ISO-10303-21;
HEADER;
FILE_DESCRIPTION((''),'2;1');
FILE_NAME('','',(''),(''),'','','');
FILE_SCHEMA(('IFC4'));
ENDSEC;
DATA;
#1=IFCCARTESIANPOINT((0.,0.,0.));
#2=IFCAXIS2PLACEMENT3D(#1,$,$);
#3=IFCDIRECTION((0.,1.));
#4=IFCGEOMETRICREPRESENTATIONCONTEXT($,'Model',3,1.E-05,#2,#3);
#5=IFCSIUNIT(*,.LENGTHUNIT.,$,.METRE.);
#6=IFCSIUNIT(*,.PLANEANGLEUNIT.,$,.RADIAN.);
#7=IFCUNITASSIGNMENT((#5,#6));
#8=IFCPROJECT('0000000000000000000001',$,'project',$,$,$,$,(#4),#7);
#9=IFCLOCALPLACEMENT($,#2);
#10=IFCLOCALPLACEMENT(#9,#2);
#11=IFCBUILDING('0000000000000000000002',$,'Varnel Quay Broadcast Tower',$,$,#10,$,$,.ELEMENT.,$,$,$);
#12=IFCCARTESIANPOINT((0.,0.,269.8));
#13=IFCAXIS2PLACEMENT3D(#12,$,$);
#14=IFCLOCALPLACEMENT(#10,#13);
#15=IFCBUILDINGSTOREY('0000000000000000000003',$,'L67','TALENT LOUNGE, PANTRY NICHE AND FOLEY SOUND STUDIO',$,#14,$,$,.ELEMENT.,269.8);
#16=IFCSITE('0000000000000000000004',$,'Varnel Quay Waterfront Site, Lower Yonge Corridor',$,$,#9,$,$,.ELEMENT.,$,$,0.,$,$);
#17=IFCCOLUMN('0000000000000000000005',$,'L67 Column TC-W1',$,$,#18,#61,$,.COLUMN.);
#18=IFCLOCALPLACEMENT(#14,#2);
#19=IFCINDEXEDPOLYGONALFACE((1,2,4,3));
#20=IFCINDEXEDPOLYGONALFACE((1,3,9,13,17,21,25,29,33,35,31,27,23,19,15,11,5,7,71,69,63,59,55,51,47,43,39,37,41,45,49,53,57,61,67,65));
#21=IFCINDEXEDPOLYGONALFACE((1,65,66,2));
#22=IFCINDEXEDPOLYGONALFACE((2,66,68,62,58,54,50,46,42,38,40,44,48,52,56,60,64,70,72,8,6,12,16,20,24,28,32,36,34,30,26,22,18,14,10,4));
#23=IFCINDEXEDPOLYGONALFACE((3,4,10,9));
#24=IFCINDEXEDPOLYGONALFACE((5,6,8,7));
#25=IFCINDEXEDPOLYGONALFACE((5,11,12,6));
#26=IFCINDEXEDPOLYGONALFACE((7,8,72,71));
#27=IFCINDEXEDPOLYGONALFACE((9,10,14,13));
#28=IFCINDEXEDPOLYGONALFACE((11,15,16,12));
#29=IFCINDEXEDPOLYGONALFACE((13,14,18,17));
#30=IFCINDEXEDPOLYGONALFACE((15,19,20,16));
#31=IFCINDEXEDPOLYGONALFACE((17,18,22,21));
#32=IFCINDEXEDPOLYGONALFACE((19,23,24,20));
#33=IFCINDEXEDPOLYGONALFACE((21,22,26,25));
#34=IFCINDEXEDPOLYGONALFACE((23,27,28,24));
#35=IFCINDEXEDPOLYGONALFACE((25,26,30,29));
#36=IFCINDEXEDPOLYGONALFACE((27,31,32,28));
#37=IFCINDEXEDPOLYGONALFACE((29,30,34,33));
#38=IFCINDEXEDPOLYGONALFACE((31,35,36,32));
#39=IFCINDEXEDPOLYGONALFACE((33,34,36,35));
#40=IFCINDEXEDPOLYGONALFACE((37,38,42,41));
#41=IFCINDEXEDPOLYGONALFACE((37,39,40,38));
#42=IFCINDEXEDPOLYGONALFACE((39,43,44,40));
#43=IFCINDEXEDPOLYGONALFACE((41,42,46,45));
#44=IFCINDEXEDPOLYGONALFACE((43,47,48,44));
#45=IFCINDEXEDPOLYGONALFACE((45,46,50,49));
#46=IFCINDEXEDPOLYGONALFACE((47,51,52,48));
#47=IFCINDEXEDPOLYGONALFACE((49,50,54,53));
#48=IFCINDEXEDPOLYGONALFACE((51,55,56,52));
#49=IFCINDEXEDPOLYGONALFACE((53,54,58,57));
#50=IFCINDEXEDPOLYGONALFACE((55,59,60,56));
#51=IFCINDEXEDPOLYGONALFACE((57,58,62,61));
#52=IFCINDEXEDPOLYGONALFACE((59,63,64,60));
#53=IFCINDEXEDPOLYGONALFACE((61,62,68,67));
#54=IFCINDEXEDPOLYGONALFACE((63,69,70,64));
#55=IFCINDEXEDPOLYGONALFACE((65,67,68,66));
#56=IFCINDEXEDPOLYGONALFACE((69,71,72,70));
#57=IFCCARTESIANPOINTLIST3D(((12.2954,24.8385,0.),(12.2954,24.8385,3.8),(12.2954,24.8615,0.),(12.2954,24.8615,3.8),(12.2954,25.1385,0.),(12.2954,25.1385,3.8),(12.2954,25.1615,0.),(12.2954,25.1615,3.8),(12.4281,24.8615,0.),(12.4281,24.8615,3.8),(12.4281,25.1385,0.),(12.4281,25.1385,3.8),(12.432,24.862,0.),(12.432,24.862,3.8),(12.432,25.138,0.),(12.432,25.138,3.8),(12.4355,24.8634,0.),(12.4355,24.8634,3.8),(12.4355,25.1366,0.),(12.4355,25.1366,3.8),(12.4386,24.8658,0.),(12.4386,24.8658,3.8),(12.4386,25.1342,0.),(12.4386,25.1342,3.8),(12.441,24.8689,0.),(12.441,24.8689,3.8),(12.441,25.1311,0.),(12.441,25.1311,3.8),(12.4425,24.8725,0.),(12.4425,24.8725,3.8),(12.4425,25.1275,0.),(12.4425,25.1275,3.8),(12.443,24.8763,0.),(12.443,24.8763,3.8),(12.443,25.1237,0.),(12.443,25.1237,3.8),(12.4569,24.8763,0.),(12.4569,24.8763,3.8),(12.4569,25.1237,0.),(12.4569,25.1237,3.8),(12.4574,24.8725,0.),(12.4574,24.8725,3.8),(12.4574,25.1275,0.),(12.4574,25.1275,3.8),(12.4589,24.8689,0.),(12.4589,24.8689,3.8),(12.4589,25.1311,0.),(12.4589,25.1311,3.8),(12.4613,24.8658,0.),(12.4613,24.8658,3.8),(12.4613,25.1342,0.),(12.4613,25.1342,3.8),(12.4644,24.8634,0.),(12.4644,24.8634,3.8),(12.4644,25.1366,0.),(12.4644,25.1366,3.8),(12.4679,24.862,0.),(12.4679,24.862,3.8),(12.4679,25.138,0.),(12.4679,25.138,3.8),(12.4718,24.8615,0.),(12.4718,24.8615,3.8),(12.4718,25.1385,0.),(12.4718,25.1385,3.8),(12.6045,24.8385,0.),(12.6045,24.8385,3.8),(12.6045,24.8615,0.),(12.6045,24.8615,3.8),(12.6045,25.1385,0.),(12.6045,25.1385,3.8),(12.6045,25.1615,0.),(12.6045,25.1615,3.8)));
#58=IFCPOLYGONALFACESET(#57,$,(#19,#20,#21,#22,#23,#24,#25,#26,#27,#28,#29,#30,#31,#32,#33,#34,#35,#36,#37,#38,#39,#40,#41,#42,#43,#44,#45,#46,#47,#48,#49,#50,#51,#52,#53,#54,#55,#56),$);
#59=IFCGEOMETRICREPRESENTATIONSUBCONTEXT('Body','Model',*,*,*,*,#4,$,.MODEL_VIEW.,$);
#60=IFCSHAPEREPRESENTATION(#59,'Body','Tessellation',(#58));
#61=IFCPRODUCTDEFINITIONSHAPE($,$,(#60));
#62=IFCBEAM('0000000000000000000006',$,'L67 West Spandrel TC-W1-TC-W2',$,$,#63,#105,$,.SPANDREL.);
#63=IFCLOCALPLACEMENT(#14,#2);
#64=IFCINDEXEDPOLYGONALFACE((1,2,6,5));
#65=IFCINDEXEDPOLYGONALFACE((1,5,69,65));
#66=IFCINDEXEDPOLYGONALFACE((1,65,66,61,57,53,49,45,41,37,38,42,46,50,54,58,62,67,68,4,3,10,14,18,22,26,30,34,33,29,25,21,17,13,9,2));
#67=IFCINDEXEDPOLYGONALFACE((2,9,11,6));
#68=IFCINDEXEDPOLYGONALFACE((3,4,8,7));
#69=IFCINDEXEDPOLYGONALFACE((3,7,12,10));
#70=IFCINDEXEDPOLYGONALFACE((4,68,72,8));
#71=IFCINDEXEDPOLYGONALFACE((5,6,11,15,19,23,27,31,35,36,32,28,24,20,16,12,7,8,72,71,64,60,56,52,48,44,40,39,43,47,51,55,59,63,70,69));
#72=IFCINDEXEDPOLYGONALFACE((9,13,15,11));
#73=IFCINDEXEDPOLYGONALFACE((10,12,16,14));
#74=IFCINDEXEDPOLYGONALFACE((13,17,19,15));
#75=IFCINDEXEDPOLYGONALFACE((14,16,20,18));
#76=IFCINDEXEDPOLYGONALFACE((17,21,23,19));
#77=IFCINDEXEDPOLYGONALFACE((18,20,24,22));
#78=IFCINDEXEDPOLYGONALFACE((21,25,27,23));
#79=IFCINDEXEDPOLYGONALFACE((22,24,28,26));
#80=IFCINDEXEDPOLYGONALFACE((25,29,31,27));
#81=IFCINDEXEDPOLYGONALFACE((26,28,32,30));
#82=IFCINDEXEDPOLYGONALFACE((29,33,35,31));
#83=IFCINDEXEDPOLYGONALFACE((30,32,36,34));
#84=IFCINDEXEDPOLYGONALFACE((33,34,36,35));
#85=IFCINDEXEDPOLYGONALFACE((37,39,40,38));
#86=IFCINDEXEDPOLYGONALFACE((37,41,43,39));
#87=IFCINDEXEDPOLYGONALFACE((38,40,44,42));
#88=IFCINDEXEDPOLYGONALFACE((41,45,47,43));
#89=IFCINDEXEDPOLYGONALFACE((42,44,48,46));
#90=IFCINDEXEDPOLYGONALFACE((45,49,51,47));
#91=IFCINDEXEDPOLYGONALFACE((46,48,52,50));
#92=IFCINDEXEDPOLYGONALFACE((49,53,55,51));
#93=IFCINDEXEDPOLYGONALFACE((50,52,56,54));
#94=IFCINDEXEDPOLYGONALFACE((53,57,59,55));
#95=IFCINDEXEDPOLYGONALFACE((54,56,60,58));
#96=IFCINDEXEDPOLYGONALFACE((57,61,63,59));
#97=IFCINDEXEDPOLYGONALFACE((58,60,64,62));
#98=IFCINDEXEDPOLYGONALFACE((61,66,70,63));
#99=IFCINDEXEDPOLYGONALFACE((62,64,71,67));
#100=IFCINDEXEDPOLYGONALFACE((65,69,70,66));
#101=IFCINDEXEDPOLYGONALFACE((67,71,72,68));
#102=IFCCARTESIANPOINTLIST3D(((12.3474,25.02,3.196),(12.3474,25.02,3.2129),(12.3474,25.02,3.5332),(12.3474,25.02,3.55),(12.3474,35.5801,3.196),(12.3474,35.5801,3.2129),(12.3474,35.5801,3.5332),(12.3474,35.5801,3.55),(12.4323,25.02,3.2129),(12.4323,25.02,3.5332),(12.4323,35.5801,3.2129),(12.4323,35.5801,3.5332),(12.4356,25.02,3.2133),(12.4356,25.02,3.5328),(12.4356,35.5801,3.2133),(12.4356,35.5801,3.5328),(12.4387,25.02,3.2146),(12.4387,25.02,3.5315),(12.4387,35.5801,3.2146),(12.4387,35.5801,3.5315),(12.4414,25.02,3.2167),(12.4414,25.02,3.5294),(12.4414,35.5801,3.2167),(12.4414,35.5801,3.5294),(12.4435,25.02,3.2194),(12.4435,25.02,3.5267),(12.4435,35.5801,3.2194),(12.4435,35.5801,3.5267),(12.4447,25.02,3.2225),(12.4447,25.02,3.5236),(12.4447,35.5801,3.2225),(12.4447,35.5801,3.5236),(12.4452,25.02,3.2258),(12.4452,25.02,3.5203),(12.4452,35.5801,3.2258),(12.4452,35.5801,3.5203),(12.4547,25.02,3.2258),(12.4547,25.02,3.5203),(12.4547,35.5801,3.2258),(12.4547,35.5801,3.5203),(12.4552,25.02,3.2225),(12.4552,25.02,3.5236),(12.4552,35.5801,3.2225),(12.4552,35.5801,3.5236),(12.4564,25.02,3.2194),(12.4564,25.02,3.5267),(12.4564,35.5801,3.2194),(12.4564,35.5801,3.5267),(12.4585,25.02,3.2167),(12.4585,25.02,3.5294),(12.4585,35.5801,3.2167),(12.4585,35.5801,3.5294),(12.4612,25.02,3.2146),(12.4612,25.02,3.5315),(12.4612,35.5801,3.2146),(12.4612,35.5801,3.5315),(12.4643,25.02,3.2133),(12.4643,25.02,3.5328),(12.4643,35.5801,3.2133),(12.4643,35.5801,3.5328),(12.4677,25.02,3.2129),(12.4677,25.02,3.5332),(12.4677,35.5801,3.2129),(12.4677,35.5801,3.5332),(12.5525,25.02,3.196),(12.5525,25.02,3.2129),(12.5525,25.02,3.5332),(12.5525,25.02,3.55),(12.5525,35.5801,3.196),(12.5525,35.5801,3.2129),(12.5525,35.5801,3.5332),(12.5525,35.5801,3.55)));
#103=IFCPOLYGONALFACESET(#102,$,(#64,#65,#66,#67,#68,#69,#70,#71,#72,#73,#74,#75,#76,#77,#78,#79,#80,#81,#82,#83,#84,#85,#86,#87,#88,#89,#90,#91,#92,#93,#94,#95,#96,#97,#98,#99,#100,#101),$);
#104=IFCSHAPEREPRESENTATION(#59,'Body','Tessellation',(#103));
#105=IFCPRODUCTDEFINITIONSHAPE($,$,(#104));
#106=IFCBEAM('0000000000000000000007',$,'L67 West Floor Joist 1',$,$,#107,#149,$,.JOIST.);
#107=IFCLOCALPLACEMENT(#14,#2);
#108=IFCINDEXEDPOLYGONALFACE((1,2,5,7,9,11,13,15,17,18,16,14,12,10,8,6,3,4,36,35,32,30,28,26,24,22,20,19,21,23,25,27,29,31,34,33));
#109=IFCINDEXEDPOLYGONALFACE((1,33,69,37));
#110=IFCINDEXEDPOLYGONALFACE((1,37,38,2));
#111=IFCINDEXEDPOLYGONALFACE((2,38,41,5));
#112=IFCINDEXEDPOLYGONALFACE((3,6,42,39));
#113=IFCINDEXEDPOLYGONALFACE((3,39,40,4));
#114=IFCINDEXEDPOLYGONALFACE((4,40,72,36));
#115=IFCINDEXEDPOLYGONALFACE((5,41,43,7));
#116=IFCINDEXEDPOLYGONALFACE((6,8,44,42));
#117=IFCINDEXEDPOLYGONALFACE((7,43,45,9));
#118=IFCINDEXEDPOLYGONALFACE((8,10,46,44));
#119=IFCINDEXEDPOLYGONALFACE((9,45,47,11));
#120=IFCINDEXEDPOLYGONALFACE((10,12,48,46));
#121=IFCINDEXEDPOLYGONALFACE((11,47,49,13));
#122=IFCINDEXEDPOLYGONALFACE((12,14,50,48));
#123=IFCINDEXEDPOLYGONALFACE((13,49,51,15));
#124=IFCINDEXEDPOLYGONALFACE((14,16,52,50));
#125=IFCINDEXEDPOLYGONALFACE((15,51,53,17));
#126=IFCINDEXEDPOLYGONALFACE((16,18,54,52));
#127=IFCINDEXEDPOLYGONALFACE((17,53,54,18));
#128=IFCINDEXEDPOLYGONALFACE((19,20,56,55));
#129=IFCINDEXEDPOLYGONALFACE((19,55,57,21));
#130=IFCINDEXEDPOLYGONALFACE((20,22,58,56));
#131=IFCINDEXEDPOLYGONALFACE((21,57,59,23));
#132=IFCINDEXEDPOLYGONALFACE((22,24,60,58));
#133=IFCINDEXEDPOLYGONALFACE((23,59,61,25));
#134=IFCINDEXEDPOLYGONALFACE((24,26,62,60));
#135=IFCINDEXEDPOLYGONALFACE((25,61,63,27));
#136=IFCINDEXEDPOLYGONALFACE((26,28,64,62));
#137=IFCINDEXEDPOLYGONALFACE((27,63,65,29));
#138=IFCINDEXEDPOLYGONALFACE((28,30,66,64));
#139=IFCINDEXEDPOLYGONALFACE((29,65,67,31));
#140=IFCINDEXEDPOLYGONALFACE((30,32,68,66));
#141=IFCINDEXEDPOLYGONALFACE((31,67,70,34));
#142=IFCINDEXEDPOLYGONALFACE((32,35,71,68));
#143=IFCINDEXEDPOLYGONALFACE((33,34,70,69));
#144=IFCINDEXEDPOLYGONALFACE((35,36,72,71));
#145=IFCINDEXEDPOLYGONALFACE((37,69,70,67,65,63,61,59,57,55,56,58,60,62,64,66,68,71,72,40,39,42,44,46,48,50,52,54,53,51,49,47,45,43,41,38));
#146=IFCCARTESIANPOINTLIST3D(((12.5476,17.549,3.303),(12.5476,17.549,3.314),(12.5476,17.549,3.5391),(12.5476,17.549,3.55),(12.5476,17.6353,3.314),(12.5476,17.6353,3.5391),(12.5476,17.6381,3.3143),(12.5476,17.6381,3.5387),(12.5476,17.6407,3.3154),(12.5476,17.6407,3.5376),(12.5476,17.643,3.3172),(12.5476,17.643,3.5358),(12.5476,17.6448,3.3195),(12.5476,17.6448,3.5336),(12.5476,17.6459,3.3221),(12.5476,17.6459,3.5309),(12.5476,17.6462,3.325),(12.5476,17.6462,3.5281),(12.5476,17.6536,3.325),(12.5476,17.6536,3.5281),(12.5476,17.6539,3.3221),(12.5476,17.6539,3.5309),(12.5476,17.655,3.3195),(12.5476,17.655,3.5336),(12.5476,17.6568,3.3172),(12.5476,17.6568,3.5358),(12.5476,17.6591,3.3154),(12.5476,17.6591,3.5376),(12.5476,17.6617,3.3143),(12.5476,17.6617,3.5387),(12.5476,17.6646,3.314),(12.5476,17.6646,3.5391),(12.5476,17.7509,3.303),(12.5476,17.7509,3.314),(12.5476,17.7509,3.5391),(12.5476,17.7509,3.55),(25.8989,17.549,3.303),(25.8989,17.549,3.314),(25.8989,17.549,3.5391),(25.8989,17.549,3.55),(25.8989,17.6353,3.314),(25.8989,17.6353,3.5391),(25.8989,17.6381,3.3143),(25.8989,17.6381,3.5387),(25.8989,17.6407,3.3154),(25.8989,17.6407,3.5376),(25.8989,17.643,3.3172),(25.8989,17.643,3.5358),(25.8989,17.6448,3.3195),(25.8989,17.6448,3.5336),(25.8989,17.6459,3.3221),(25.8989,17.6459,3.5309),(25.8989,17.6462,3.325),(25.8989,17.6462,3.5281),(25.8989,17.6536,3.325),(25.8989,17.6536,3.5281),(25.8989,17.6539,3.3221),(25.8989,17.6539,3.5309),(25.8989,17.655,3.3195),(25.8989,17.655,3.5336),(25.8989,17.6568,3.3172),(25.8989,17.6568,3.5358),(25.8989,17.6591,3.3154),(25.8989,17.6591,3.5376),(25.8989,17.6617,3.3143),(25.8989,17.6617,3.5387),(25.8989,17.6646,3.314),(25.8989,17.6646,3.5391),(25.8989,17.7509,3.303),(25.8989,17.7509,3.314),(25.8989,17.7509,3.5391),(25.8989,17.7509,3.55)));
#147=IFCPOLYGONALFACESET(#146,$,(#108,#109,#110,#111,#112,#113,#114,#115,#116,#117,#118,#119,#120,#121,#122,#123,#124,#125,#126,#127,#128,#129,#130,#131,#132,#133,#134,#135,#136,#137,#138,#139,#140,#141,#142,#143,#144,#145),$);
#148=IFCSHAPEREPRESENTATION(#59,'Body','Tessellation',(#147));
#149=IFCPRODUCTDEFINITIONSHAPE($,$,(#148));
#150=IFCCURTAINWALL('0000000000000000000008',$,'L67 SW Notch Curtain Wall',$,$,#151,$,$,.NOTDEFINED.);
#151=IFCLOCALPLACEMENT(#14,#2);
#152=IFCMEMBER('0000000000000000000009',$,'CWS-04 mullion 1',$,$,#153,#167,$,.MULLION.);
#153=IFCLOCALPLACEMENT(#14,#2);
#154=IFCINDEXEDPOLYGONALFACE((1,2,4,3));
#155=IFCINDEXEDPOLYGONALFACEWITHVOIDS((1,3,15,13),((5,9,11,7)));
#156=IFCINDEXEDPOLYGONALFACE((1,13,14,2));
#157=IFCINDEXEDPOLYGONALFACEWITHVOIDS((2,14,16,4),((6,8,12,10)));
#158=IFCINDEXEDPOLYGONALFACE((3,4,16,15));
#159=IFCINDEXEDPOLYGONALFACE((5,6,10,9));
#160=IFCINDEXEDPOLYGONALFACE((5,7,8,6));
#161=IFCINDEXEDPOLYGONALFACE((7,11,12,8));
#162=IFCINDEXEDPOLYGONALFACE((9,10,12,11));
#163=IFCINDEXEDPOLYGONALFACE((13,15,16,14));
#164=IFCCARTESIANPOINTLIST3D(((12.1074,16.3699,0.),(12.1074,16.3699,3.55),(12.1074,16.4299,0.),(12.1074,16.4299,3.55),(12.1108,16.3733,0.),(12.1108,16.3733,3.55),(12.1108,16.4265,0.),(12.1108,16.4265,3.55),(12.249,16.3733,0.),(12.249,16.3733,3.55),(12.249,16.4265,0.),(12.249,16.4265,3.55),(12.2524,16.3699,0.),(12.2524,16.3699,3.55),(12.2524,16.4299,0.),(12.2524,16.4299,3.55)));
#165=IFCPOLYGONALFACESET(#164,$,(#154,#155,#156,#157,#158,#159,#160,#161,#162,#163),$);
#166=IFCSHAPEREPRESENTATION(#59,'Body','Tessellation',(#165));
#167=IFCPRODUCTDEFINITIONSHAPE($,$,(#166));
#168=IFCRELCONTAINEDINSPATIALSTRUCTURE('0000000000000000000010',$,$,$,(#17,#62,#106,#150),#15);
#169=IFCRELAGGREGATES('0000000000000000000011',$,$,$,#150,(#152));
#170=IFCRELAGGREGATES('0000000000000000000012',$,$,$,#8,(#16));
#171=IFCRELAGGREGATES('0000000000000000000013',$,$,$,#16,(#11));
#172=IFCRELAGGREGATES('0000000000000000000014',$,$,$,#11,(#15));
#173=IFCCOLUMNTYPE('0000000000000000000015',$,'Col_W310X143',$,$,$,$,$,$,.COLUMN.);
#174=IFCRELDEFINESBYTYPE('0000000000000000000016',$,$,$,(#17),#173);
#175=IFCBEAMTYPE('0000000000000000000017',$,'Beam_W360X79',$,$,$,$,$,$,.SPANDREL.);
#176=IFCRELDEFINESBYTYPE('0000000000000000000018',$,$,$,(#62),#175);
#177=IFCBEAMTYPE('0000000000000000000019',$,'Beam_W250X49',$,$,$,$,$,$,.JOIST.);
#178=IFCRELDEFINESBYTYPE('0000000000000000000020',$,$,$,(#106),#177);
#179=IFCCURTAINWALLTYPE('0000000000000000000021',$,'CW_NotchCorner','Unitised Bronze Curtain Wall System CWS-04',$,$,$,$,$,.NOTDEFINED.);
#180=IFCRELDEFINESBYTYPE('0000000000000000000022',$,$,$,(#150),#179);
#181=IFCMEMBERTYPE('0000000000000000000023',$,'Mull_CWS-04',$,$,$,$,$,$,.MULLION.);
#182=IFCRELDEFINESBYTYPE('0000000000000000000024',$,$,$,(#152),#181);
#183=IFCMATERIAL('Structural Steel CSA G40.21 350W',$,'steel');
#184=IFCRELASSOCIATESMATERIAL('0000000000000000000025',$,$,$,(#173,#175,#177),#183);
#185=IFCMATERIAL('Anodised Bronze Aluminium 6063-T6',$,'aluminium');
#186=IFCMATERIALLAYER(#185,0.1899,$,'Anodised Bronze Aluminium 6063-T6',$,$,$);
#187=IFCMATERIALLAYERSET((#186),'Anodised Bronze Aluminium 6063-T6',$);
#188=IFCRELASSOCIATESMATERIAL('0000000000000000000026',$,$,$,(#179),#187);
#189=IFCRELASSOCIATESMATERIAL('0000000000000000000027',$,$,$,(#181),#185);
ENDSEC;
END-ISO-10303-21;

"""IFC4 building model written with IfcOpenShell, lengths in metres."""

from ifc_helpers import new_model, si_unit, direction, frame, origin, origin_2d, place, context, subcontext, project, spatial, hollow_rectangle, i_section, extrude, source, transform, mapped, material, layer, layer_set, material_profile, profile_set, type_object, type_shapes, element, aggregate, save


model = new_model("IFC4")

# Units and contexts
model_context = context("Model", 3, precision=1e-05, world=origin(), true_north=direction((0.0, 1.0)))
body_context = subcontext(model_context, "Body", "Model", "MODEL_VIEW")
ifc_project = project(units=[si_unit("LENGTHUNIT", "METRE"), si_unit("PLANEANGLEUNIT", "RADIAN")], contexts=[model_context])

# Site, building, storey
site_placement = place(None, origin())
site = spatial("IfcSite", under=ifc_project, at=site_placement, Name="Varnel Quay Waterfront Site, Lower Yonge Corridor", CompositionType="ELEMENT", RefElevation=0.0)
building_placement = place(site_placement, origin())
building = spatial("IfcBuilding", under=site, at=building_placement, Name="Varnel Quay Broadcast Tower", CompositionType="ELEMENT")
storey_placement = place(building_placement, frame((0.0, 0.0, 269.8)))
storey = spatial("IfcBuildingStorey", under=building, at=storey_placement, Name="L67", Description="TALENT LOUNGE, PANTRY NICHE AND FOLEY SOUND STUDIO", CompositionType="ELEMENT", Elevation=269.8)

# Column
ifc_material_1 = material(Name="Structural Steel CSA G40.21 350W", Category="steel")
ifc_material_profile_1 = material_profile(ifc_material_1, i_section(OverallWidth=0.3091, OverallDepth=0.323, WebThickness=0.0139, FlangeThickness=0.0229, FilletRadius=0.0149, at=origin_2d()), Name="W310X143")
ifc_profile_set_1 = profile_set([ifc_material_profile_1], Name="Structural Steel CSA G40.21 350W")
column_type = type_object("IfcColumnType", Name="Col_W310X143", PredefinedType="COLUMN", material=ifc_profile_set_1)
shared_shape_1 = source(origin(), body_context, "Body", "SweptSolid", [
    extrude(i_section(OverallWidth=0.3091, OverallDepth=0.323, WebThickness=0.0139, FlangeThickness=0.0229, FilletRadius=0.0149, at=origin_2d()), origin(), (0.0, 0.0, 1.0), 3.8),
])
type_shapes(column_type, [shared_shape_1])
column_placement = place(storey_placement, frame((12.45, 25.0, 0.0), z_axis=(0.0, 0.0, 1.0), x_axis=(1.0, 0.0, 0.0)))
element("IfcColumn", 1, at=column_placement, inside=storey, type_object=column_type, Name="L67 Column TC-W1", PredefinedType="COLUMN", context=body_context, shape_type="MappedRepresentation", body=[
    mapped(shared_shape_1, transform((0.0, 0.0, 0.0), x_axis=(1.0, 0.0, 0.0), y_axis=(0.0, 1.0, 0.0), z_axis=(0.0, 0.0, 1.0), scale=1.0)),
])

# Beams
ifc_material_profile_2 = material_profile(ifc_material_1, i_section(OverallWidth=0.2051, OverallDepth=0.354, WebThickness=0.0095, FlangeThickness=0.0168, FilletRadius=0.0129, at=origin_2d()), Name="W360X79")
ifc_profile_set_2 = profile_set([ifc_material_profile_2], Name="Structural Steel CSA G40.21 350W")
beam_type_1 = type_object("IfcBeamType", Name="Beam_W360X79", PredefinedType="SPANDREL", material=ifc_profile_set_2)
shared_shape_2 = source(origin(), body_context, "Body", "SweptSolid", [
    extrude(i_section(OverallWidth=0.2051, OverallDepth=0.354, WebThickness=0.0095, FlangeThickness=0.0168, FilletRadius=0.0129, at=origin_2d()), origin(), (0.0, 0.0, 1.0), 10.5601),
])
type_shapes(beam_type_1, [shared_shape_2])
beam_1_placement = place(storey_placement, frame((12.45, 25.02, 3.373), z_axis=(0.0, 1.0, 0.0), x_axis=(-1.0, 0.0, 0.0)))
element("IfcBeam", 2, at=beam_1_placement, inside=storey, type_object=beam_type_1, Name="L67 West Spandrel TC-W1-TC-W2", PredefinedType="SPANDREL", context=body_context, shape_type="MappedRepresentation", body=[
    mapped(shared_shape_2, transform((0.0, 0.0, 0.0), x_axis=(1.0, 0.0, 0.0), y_axis=(0.0, 1.0, 0.0), z_axis=(0.0, 0.0, 1.0), scale=1.0)),
])
ifc_material_profile_3 = material_profile(ifc_material_1, i_section(OverallWidth=0.2019, OverallDepth=0.2471, WebThickness=0.0073, FlangeThickness=0.011, FilletRadius=0.011, at=origin_2d()), Name="W250X49")
ifc_profile_set_3 = profile_set([ifc_material_profile_3], Name="Structural Steel CSA G40.21 350W")
beam_type_2 = type_object("IfcBeamType", Name="Beam_W250X49", PredefinedType="JOIST", material=ifc_profile_set_3)
shared_shape_3 = source(origin(), body_context, "Body", "SweptSolid", [
    extrude(i_section(OverallWidth=0.2019, OverallDepth=0.2471, WebThickness=0.0073, FlangeThickness=0.011, FilletRadius=0.011, at=origin_2d()), origin(), (0.0, 0.0, 1.0), 13.3513),
])
type_shapes(beam_type_2, [shared_shape_3])
beam_2_placement = place(storey_placement, frame((12.5476, 17.6499, 3.4265), z_axis=(1.0, 0.0, 0.0), x_axis=(0.0, 1.0, 0.0)))
element("IfcBeam", 3, at=beam_2_placement, inside=storey, type_object=beam_type_2, Name="L67 West Floor Joist 1", PredefinedType="JOIST", context=body_context, shape_type="MappedRepresentation", body=[
    mapped(shared_shape_3, transform((0.0, 0.0, 0.0), x_axis=(1.0, 0.0, 0.0), y_axis=(0.0, 1.0, 0.0), z_axis=(0.0, 0.0, 1.0), scale=1.0)),
])

# Curtain wall, member
ifc_material_2 = material(Name="Anodised Bronze Aluminium 6063-T6", Category="aluminium")
ifc_layer_1 = layer(ifc_material_2, 0.1899, Name="Anodised Bronze Aluminium 6063-T6")
ifc_layer_set_1 = layer_set([ifc_layer_1], Name="Anodised Bronze Aluminium 6063-T6")
curtain_wall_type_1 = type_object("IfcCurtainWallType", Name="CW_NotchCorner", Description="Unitised Bronze Curtain Wall System CWS-04", PredefinedType="NOTDEFINED", material=ifc_layer_set_1)
curtain_wall_1_placement = place(storey_placement, origin())
curtain_wall_1 = element("IfcCurtainWall", 4, at=curtain_wall_1_placement, inside=storey, type_object=curtain_wall_type_1, Name="L67 SW Notch Curtain Wall", PredefinedType="NOTDEFINED")
ifc_material_profile_4 = material_profile(ifc_material_2, hollow_rectangle(XDim=0.0601, YDim=0.145, WallThickness=0.0034, at=origin_2d()), Name="ALU60X145X3.5")
ifc_profile_set_4 = profile_set([ifc_material_profile_4], Name="Anodised Bronze Aluminium 6063-T6")
member_type_1 = type_object("IfcMemberType", Name="Mull_CWS-04", PredefinedType="MULLION", material=ifc_profile_set_4)
shared_shape_4 = source(origin(), body_context, "Body", "SweptSolid", [
    extrude(hollow_rectangle(XDim=0.0601, YDim=0.145, WallThickness=0.0034, at=origin_2d()), origin(), (0.0, 0.0, 1.0), 3.55),
])
type_shapes(member_type_1, [shared_shape_4])
member_1_placement = place(storey_placement, frame((12.1799, 16.3999, 0.0), z_axis=(0.0, 0.0, 1.0), x_axis=(0.0, 1.0, 0.0)))
member_1 = element("IfcMember", 5, at=member_1_placement, type_object=member_type_1, Name="CWS-04 mullion 1", PredefinedType="MULLION", context=body_context, shape_type="MappedRepresentation", body=[
    mapped(shared_shape_4, transform((0.0, 0.0, 0.0), x_axis=(1.0, 0.0, 0.0), y_axis=(0.0, 1.0, 0.0), z_axis=(0.0, 0.0, 1.0), scale=1.0)),
])

aggregate(curtain_wall_1, [member_1])

save(model, "model.ifc")
